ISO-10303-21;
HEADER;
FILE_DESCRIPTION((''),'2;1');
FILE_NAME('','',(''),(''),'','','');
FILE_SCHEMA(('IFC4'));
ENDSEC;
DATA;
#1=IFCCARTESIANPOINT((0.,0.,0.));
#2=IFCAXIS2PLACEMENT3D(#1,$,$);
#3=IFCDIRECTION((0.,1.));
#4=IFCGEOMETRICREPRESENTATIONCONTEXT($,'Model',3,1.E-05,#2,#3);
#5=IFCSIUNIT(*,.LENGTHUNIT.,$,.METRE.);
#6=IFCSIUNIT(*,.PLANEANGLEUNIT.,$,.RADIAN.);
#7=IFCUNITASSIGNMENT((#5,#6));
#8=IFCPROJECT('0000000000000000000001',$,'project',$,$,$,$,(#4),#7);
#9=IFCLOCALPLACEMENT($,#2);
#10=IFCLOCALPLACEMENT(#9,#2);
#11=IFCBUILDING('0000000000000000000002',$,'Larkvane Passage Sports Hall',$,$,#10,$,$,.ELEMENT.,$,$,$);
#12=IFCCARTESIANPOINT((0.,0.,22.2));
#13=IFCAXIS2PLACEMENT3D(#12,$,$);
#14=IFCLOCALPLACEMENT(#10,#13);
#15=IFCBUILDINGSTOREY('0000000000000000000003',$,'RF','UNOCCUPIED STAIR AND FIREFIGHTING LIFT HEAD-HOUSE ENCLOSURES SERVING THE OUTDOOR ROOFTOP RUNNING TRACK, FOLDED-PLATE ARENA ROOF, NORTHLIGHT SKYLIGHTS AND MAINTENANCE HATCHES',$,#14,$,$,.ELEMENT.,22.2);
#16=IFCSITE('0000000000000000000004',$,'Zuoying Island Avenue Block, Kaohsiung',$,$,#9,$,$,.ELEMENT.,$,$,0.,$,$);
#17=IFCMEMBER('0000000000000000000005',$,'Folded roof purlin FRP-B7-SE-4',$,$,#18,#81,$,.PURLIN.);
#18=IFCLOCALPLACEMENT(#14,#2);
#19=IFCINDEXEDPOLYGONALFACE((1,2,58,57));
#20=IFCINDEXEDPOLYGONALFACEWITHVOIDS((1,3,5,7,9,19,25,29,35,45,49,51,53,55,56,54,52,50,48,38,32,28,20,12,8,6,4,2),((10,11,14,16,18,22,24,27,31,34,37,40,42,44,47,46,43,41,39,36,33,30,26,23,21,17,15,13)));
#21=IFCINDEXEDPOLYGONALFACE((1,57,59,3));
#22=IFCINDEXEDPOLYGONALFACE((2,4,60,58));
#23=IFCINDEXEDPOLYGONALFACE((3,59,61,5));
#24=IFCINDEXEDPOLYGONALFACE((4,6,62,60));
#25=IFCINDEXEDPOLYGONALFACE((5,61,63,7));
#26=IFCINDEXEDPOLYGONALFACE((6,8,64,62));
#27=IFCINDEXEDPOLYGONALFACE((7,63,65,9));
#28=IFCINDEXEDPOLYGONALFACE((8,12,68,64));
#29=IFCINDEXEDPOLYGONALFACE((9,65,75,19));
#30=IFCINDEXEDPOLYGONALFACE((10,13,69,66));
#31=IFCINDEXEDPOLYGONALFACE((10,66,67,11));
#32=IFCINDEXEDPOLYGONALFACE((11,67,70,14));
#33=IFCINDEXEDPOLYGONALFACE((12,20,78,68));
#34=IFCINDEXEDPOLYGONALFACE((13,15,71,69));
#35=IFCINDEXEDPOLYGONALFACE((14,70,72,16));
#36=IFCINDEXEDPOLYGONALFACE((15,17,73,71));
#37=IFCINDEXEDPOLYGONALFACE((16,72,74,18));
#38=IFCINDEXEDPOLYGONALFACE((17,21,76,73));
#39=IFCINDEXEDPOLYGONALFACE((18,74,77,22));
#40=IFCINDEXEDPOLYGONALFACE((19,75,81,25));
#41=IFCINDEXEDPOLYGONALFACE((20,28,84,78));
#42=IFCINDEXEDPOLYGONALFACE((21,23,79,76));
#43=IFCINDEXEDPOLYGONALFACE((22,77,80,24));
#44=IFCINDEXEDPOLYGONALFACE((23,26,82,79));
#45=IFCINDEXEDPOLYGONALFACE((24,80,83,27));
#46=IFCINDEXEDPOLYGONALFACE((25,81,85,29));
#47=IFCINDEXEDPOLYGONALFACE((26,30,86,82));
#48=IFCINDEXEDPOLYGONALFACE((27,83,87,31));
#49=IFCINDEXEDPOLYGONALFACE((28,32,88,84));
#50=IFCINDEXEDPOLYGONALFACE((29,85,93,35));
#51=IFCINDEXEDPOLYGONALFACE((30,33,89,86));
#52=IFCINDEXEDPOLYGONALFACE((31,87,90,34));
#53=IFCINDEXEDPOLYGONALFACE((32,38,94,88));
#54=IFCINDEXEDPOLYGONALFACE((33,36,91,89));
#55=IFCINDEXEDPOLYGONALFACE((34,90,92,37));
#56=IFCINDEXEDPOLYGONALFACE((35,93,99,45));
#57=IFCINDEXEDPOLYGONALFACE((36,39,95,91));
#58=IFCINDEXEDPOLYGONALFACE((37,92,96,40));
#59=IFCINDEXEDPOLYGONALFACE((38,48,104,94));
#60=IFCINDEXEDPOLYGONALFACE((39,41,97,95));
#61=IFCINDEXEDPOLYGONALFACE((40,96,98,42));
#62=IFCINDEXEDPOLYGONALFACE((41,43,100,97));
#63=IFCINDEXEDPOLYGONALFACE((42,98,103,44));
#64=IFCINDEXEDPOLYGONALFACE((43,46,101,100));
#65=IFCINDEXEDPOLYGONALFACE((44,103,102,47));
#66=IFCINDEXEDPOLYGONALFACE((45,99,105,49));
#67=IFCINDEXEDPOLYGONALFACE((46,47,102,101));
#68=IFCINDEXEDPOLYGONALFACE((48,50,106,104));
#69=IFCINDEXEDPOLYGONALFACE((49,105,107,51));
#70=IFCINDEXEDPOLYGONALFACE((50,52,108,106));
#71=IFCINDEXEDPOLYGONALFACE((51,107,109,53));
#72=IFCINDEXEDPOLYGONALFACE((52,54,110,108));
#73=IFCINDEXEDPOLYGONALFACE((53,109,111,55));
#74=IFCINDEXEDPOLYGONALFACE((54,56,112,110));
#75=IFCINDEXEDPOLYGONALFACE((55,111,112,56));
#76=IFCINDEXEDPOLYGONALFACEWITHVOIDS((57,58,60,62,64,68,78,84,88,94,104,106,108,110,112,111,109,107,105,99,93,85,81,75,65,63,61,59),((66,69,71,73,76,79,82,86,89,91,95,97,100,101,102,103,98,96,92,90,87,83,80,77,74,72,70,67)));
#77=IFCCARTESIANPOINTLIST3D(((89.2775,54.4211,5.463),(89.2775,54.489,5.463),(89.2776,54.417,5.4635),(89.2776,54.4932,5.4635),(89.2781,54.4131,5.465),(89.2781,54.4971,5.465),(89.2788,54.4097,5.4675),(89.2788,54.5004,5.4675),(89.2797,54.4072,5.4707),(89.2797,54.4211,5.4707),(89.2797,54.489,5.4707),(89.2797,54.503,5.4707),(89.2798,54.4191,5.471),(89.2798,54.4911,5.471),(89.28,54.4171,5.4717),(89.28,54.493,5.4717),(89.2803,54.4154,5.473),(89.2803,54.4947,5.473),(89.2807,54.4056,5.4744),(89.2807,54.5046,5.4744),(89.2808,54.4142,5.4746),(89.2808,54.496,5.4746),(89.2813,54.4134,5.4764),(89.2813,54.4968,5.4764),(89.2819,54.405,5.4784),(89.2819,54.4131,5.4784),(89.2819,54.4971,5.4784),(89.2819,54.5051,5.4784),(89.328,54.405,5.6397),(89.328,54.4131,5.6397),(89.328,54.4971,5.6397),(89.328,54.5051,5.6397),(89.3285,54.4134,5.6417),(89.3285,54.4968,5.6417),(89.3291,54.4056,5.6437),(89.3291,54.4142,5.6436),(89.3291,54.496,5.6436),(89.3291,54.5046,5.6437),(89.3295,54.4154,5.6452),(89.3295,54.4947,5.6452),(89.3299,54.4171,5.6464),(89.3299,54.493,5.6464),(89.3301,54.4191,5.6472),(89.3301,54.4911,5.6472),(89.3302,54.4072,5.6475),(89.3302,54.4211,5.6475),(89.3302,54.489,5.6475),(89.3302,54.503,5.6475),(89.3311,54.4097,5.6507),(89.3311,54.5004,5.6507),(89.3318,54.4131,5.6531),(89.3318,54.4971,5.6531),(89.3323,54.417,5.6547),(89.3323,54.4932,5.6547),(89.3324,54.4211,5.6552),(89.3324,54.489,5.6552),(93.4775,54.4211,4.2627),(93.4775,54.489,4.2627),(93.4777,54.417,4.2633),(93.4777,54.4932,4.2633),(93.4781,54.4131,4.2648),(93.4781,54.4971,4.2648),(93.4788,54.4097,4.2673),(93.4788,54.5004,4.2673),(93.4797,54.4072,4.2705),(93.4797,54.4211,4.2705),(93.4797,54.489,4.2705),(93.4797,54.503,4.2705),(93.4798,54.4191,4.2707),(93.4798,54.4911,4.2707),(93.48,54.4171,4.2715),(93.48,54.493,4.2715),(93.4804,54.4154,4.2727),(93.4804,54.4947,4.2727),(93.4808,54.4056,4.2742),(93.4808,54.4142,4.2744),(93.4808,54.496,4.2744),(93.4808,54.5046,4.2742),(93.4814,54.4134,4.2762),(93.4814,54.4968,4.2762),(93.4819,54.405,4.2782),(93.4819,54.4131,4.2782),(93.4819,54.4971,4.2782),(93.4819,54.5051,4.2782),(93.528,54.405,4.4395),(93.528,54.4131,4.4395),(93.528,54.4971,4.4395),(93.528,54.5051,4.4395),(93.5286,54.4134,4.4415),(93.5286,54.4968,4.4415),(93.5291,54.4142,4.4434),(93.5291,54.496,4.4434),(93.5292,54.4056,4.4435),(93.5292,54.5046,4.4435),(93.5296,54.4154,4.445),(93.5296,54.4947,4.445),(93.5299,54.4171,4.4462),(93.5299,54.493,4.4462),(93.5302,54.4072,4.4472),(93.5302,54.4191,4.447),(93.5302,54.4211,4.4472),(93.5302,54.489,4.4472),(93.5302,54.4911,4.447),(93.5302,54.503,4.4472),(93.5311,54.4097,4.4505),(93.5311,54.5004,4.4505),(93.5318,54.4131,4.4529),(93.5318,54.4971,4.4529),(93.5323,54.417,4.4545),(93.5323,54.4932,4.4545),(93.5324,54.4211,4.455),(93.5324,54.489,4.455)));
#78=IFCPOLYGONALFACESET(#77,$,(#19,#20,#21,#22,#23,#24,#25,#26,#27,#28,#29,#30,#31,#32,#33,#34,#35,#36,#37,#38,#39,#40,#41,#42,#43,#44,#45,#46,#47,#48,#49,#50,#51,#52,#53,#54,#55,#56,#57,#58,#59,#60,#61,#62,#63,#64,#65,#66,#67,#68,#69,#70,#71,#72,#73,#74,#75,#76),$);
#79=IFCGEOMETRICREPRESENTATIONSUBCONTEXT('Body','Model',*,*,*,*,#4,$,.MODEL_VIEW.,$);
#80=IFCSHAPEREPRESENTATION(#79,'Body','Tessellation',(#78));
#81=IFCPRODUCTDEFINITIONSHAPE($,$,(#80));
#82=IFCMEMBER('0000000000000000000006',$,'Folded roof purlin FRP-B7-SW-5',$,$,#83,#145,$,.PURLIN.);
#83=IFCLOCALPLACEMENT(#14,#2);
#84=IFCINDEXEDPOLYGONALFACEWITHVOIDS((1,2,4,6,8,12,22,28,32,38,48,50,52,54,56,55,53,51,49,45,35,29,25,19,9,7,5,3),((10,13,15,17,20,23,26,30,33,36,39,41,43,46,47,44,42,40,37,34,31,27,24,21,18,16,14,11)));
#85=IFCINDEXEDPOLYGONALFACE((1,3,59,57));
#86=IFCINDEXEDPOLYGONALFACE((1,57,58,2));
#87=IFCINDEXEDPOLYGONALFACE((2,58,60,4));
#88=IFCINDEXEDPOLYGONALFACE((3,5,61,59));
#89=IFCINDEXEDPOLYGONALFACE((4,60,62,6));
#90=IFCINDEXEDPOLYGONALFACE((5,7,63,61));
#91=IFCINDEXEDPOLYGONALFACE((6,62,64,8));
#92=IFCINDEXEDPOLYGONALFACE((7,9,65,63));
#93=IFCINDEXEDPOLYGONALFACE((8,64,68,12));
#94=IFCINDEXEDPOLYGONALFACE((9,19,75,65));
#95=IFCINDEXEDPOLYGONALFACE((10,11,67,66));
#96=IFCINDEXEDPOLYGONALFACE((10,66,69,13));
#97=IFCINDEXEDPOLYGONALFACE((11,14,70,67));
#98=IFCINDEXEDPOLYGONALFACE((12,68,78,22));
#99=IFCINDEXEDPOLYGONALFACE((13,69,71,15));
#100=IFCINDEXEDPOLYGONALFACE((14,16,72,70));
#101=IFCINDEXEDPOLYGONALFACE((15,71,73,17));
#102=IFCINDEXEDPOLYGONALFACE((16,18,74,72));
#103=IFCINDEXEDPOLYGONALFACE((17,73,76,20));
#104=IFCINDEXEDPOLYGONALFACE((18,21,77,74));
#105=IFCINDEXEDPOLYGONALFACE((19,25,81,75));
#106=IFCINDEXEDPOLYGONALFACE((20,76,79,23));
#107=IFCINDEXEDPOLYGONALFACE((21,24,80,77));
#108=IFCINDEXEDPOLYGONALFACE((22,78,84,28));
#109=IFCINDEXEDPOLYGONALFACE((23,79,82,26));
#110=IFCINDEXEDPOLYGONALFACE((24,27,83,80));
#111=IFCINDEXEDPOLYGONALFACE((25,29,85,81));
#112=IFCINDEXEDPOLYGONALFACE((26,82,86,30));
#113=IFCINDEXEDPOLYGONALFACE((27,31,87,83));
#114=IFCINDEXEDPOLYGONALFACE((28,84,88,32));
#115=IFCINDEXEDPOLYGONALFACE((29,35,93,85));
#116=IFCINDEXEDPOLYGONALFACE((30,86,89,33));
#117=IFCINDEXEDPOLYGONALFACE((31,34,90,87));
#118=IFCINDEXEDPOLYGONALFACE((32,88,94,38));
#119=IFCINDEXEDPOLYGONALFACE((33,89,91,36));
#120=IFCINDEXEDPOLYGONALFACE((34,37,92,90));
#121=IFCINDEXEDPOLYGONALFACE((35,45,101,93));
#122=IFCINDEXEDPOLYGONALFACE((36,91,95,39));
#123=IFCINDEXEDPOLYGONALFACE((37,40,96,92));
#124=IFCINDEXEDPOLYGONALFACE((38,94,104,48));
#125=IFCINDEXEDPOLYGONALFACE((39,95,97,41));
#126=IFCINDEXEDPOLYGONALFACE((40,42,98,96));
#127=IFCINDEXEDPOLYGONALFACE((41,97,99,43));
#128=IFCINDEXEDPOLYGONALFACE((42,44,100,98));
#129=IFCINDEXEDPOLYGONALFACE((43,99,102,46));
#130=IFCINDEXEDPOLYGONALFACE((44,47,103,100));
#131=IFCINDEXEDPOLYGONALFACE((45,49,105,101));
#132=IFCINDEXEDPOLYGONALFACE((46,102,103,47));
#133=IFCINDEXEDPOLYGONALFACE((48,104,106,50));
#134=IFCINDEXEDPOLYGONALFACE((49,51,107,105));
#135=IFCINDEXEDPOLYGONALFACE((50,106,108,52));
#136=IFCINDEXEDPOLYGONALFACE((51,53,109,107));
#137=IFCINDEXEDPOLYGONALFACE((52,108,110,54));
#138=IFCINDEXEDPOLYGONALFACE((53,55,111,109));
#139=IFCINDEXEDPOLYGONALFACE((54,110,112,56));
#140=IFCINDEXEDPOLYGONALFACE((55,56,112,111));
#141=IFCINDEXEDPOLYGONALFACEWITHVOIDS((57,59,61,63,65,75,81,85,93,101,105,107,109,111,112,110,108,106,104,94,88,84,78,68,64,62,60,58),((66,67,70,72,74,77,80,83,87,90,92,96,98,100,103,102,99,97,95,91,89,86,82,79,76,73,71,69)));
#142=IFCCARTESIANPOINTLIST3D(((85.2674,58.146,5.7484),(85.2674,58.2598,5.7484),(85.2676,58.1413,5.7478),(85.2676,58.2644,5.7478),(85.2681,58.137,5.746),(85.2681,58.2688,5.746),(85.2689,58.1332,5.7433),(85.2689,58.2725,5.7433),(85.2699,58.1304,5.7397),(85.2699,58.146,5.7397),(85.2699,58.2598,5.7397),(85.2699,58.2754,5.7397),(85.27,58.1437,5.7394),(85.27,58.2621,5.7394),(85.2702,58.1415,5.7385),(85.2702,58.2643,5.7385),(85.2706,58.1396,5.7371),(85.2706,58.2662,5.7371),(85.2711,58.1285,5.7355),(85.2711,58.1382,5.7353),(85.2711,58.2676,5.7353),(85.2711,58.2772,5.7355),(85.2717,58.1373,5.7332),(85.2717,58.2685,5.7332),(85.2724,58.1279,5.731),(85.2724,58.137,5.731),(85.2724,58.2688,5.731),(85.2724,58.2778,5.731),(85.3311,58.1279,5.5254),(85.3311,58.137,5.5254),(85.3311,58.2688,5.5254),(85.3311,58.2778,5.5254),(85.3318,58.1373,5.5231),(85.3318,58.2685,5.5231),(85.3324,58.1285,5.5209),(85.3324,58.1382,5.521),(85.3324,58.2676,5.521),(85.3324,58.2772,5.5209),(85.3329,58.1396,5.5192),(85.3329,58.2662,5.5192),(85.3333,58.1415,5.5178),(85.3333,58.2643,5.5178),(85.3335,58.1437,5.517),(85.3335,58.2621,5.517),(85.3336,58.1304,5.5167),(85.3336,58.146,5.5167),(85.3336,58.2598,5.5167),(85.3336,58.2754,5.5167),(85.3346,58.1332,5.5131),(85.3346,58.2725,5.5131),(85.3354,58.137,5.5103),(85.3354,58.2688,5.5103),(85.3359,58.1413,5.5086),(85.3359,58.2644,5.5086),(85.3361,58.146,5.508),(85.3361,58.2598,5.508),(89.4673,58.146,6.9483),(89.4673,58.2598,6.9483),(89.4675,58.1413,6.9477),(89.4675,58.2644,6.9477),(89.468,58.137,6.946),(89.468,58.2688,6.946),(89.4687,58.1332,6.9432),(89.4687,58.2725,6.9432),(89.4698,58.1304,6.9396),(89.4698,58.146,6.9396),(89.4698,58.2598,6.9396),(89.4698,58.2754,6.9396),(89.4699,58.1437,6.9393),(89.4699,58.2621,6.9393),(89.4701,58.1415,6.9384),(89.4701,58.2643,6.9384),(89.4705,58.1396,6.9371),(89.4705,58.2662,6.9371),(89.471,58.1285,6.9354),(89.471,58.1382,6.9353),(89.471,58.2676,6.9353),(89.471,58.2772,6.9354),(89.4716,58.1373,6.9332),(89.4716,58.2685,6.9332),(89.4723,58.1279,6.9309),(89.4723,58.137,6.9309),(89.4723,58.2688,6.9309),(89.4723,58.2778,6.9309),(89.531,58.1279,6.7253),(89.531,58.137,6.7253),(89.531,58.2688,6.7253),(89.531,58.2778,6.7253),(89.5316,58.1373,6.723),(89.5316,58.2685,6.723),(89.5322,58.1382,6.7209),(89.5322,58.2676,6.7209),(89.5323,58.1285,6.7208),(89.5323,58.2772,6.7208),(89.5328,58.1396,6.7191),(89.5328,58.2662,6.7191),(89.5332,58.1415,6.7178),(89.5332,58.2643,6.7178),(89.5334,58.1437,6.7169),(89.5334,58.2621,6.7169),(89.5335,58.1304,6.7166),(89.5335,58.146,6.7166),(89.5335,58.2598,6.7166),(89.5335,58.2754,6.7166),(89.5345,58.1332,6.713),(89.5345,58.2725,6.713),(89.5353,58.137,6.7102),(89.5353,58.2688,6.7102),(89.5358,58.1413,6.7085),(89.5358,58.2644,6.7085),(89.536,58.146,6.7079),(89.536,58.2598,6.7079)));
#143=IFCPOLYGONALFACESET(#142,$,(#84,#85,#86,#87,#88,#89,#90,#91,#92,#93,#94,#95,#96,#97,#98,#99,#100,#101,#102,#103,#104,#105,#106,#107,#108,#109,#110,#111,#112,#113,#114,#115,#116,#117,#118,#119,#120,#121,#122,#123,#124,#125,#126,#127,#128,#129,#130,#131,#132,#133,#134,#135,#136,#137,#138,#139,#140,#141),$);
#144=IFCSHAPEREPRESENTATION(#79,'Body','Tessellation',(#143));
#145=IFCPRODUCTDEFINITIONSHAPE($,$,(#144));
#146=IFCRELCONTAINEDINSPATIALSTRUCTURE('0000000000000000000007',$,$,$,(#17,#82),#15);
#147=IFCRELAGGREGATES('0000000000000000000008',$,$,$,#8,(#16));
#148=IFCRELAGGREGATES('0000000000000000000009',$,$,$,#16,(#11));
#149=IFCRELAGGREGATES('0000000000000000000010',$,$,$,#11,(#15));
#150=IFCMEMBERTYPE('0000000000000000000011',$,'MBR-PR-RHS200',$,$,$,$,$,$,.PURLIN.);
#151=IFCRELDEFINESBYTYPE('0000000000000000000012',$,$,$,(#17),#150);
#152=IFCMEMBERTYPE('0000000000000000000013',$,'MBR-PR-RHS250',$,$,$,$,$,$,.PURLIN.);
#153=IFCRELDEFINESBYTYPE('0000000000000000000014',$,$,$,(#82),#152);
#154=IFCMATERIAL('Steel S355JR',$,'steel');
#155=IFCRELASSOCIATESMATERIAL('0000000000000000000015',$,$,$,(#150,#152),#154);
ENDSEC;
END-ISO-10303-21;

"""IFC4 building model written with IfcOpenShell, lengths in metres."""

from ifc_helpers import new_model, si_unit, direction, frame, origin, origin_2d, place, context, subcontext, project, spatial, hollow_rectangle, extrude, material, material_profile, profile_set, type_object, element, save


model = new_model("IFC4")

# Units and contexts
model_context = context("Model", 3, precision=1e-05, world=origin(), true_north=direction((0.0, 1.0)))
body_context = subcontext(model_context, "Body", "Model", "MODEL_VIEW")
ifc_project = project(units=[si_unit("LENGTHUNIT", "METRE"), si_unit("PLANEANGLEUNIT", "RADIAN")], contexts=[model_context])

# Site, building, storey
site_placement = place(None, origin())
site = spatial("IfcSite", under=ifc_project, at=site_placement, Name="Zuoying Island Avenue Block, Kaohsiung", CompositionType="ELEMENT", RefElevation=0.0)
building_placement = place(site_placement, origin())
building = spatial("IfcBuilding", under=site, at=building_placement, Name="Larkvane Passage Sports Hall", CompositionType="ELEMENT")
storey_placement = place(building_placement, frame((0.0, 0.0, 22.2)))
storey = spatial("IfcBuildingStorey", under=building, at=storey_placement, Name="RF", Description="UNOCCUPIED STAIR AND FIREFIGHTING LIFT HEAD-HOUSE ENCLOSURES SERVING THE OUTDOOR ROOFTOP RUNNING TRACK, FOLDED-PLATE ARENA ROOF, NORTHLIGHT SKYLIGHTS AND MAINTENANCE HATCHES", CompositionType="ELEMENT", Elevation=22.2)

# Members
ifc_material_1 = material(Name="Steel S355JR", Category="steel")
ifc_material_profile_1 = material_profile(ifc_material_1, hollow_rectangle(XDim=0.1001, YDim=0.2, WallThickness=0.0081, InnerFilletRadius=0.0081, OuterFilletRadius=0.0161, at=origin_2d()), Name="RHS-200x100x8")
ifc_profile_set_1 = profile_set([ifc_material_profile_1], Name="Steel S355JR")
member_type_1 = type_object("IfcMemberType", Name="MBR-PR-RHS200", PredefinedType="PURLIN", material=ifc_profile_set_1)
for number, where, z_axis, x_axis, name in (
    (1, (89.3049, 54.4551, 5.5591), (0.961511, 0.0, -0.274765), (0.0, 1.0, 0.0), "Folded roof purlin FRP-B7-SE-4"),
):
    element("IfcMember", number, at=place(storey_placement, frame(where, z_axis=z_axis, x_axis=x_axis)), inside=storey, type_object=member_type_1, Name=name, PredefinedType="PURLIN", context=body_context, shape_type="SweptSolid", body=[
        extrude(hollow_rectangle(XDim=0.1001, YDim=0.2, WallThickness=0.0081, InnerFilletRadius=0.0081, OuterFilletRadius=0.0161, at=origin_2d()), origin(), (0.0, 0.0, 1.0), 4.3682),
    ])
ifc_material_profile_2 = material_profile(ifc_material_1, hollow_rectangle(XDim=0.1499, YDim=0.25, WallThickness=0.009, InnerFilletRadius=0.009, OuterFilletRadius=0.0181, at=origin_2d()), Name="RHS-250x150x9")
ifc_profile_set_2 = profile_set([ifc_material_profile_2], Name="Steel S355JR")
member_type_2 = type_object("IfcMemberType", Name="MBR-PR-RHS250", PredefinedType="PURLIN", material=ifc_profile_set_2)
for number, where, z_axis, x_axis, name in (
    (2, (85.3018, 58.2029, 5.6282), (0.961526, 0.0, 0.274714), (0.0, 1.0, 0.0), "Folded roof purlin FRP-B7-SW-5"),
):
    element("IfcMember", number, at=place(storey_placement, frame(where, z_axis=z_axis, x_axis=x_axis)), inside=storey, type_object=member_type_2, Name=name, PredefinedType="PURLIN", context=body_context, shape_type="SweptSolid", body=[
        extrude(hollow_rectangle(XDim=0.1499, YDim=0.25, WallThickness=0.009, InnerFilletRadius=0.009, OuterFilletRadius=0.0181, at=origin_2d()), origin(), (0.0, 0.0, 1.0), 4.3679),
    ])

save(model, "model.ifc")
